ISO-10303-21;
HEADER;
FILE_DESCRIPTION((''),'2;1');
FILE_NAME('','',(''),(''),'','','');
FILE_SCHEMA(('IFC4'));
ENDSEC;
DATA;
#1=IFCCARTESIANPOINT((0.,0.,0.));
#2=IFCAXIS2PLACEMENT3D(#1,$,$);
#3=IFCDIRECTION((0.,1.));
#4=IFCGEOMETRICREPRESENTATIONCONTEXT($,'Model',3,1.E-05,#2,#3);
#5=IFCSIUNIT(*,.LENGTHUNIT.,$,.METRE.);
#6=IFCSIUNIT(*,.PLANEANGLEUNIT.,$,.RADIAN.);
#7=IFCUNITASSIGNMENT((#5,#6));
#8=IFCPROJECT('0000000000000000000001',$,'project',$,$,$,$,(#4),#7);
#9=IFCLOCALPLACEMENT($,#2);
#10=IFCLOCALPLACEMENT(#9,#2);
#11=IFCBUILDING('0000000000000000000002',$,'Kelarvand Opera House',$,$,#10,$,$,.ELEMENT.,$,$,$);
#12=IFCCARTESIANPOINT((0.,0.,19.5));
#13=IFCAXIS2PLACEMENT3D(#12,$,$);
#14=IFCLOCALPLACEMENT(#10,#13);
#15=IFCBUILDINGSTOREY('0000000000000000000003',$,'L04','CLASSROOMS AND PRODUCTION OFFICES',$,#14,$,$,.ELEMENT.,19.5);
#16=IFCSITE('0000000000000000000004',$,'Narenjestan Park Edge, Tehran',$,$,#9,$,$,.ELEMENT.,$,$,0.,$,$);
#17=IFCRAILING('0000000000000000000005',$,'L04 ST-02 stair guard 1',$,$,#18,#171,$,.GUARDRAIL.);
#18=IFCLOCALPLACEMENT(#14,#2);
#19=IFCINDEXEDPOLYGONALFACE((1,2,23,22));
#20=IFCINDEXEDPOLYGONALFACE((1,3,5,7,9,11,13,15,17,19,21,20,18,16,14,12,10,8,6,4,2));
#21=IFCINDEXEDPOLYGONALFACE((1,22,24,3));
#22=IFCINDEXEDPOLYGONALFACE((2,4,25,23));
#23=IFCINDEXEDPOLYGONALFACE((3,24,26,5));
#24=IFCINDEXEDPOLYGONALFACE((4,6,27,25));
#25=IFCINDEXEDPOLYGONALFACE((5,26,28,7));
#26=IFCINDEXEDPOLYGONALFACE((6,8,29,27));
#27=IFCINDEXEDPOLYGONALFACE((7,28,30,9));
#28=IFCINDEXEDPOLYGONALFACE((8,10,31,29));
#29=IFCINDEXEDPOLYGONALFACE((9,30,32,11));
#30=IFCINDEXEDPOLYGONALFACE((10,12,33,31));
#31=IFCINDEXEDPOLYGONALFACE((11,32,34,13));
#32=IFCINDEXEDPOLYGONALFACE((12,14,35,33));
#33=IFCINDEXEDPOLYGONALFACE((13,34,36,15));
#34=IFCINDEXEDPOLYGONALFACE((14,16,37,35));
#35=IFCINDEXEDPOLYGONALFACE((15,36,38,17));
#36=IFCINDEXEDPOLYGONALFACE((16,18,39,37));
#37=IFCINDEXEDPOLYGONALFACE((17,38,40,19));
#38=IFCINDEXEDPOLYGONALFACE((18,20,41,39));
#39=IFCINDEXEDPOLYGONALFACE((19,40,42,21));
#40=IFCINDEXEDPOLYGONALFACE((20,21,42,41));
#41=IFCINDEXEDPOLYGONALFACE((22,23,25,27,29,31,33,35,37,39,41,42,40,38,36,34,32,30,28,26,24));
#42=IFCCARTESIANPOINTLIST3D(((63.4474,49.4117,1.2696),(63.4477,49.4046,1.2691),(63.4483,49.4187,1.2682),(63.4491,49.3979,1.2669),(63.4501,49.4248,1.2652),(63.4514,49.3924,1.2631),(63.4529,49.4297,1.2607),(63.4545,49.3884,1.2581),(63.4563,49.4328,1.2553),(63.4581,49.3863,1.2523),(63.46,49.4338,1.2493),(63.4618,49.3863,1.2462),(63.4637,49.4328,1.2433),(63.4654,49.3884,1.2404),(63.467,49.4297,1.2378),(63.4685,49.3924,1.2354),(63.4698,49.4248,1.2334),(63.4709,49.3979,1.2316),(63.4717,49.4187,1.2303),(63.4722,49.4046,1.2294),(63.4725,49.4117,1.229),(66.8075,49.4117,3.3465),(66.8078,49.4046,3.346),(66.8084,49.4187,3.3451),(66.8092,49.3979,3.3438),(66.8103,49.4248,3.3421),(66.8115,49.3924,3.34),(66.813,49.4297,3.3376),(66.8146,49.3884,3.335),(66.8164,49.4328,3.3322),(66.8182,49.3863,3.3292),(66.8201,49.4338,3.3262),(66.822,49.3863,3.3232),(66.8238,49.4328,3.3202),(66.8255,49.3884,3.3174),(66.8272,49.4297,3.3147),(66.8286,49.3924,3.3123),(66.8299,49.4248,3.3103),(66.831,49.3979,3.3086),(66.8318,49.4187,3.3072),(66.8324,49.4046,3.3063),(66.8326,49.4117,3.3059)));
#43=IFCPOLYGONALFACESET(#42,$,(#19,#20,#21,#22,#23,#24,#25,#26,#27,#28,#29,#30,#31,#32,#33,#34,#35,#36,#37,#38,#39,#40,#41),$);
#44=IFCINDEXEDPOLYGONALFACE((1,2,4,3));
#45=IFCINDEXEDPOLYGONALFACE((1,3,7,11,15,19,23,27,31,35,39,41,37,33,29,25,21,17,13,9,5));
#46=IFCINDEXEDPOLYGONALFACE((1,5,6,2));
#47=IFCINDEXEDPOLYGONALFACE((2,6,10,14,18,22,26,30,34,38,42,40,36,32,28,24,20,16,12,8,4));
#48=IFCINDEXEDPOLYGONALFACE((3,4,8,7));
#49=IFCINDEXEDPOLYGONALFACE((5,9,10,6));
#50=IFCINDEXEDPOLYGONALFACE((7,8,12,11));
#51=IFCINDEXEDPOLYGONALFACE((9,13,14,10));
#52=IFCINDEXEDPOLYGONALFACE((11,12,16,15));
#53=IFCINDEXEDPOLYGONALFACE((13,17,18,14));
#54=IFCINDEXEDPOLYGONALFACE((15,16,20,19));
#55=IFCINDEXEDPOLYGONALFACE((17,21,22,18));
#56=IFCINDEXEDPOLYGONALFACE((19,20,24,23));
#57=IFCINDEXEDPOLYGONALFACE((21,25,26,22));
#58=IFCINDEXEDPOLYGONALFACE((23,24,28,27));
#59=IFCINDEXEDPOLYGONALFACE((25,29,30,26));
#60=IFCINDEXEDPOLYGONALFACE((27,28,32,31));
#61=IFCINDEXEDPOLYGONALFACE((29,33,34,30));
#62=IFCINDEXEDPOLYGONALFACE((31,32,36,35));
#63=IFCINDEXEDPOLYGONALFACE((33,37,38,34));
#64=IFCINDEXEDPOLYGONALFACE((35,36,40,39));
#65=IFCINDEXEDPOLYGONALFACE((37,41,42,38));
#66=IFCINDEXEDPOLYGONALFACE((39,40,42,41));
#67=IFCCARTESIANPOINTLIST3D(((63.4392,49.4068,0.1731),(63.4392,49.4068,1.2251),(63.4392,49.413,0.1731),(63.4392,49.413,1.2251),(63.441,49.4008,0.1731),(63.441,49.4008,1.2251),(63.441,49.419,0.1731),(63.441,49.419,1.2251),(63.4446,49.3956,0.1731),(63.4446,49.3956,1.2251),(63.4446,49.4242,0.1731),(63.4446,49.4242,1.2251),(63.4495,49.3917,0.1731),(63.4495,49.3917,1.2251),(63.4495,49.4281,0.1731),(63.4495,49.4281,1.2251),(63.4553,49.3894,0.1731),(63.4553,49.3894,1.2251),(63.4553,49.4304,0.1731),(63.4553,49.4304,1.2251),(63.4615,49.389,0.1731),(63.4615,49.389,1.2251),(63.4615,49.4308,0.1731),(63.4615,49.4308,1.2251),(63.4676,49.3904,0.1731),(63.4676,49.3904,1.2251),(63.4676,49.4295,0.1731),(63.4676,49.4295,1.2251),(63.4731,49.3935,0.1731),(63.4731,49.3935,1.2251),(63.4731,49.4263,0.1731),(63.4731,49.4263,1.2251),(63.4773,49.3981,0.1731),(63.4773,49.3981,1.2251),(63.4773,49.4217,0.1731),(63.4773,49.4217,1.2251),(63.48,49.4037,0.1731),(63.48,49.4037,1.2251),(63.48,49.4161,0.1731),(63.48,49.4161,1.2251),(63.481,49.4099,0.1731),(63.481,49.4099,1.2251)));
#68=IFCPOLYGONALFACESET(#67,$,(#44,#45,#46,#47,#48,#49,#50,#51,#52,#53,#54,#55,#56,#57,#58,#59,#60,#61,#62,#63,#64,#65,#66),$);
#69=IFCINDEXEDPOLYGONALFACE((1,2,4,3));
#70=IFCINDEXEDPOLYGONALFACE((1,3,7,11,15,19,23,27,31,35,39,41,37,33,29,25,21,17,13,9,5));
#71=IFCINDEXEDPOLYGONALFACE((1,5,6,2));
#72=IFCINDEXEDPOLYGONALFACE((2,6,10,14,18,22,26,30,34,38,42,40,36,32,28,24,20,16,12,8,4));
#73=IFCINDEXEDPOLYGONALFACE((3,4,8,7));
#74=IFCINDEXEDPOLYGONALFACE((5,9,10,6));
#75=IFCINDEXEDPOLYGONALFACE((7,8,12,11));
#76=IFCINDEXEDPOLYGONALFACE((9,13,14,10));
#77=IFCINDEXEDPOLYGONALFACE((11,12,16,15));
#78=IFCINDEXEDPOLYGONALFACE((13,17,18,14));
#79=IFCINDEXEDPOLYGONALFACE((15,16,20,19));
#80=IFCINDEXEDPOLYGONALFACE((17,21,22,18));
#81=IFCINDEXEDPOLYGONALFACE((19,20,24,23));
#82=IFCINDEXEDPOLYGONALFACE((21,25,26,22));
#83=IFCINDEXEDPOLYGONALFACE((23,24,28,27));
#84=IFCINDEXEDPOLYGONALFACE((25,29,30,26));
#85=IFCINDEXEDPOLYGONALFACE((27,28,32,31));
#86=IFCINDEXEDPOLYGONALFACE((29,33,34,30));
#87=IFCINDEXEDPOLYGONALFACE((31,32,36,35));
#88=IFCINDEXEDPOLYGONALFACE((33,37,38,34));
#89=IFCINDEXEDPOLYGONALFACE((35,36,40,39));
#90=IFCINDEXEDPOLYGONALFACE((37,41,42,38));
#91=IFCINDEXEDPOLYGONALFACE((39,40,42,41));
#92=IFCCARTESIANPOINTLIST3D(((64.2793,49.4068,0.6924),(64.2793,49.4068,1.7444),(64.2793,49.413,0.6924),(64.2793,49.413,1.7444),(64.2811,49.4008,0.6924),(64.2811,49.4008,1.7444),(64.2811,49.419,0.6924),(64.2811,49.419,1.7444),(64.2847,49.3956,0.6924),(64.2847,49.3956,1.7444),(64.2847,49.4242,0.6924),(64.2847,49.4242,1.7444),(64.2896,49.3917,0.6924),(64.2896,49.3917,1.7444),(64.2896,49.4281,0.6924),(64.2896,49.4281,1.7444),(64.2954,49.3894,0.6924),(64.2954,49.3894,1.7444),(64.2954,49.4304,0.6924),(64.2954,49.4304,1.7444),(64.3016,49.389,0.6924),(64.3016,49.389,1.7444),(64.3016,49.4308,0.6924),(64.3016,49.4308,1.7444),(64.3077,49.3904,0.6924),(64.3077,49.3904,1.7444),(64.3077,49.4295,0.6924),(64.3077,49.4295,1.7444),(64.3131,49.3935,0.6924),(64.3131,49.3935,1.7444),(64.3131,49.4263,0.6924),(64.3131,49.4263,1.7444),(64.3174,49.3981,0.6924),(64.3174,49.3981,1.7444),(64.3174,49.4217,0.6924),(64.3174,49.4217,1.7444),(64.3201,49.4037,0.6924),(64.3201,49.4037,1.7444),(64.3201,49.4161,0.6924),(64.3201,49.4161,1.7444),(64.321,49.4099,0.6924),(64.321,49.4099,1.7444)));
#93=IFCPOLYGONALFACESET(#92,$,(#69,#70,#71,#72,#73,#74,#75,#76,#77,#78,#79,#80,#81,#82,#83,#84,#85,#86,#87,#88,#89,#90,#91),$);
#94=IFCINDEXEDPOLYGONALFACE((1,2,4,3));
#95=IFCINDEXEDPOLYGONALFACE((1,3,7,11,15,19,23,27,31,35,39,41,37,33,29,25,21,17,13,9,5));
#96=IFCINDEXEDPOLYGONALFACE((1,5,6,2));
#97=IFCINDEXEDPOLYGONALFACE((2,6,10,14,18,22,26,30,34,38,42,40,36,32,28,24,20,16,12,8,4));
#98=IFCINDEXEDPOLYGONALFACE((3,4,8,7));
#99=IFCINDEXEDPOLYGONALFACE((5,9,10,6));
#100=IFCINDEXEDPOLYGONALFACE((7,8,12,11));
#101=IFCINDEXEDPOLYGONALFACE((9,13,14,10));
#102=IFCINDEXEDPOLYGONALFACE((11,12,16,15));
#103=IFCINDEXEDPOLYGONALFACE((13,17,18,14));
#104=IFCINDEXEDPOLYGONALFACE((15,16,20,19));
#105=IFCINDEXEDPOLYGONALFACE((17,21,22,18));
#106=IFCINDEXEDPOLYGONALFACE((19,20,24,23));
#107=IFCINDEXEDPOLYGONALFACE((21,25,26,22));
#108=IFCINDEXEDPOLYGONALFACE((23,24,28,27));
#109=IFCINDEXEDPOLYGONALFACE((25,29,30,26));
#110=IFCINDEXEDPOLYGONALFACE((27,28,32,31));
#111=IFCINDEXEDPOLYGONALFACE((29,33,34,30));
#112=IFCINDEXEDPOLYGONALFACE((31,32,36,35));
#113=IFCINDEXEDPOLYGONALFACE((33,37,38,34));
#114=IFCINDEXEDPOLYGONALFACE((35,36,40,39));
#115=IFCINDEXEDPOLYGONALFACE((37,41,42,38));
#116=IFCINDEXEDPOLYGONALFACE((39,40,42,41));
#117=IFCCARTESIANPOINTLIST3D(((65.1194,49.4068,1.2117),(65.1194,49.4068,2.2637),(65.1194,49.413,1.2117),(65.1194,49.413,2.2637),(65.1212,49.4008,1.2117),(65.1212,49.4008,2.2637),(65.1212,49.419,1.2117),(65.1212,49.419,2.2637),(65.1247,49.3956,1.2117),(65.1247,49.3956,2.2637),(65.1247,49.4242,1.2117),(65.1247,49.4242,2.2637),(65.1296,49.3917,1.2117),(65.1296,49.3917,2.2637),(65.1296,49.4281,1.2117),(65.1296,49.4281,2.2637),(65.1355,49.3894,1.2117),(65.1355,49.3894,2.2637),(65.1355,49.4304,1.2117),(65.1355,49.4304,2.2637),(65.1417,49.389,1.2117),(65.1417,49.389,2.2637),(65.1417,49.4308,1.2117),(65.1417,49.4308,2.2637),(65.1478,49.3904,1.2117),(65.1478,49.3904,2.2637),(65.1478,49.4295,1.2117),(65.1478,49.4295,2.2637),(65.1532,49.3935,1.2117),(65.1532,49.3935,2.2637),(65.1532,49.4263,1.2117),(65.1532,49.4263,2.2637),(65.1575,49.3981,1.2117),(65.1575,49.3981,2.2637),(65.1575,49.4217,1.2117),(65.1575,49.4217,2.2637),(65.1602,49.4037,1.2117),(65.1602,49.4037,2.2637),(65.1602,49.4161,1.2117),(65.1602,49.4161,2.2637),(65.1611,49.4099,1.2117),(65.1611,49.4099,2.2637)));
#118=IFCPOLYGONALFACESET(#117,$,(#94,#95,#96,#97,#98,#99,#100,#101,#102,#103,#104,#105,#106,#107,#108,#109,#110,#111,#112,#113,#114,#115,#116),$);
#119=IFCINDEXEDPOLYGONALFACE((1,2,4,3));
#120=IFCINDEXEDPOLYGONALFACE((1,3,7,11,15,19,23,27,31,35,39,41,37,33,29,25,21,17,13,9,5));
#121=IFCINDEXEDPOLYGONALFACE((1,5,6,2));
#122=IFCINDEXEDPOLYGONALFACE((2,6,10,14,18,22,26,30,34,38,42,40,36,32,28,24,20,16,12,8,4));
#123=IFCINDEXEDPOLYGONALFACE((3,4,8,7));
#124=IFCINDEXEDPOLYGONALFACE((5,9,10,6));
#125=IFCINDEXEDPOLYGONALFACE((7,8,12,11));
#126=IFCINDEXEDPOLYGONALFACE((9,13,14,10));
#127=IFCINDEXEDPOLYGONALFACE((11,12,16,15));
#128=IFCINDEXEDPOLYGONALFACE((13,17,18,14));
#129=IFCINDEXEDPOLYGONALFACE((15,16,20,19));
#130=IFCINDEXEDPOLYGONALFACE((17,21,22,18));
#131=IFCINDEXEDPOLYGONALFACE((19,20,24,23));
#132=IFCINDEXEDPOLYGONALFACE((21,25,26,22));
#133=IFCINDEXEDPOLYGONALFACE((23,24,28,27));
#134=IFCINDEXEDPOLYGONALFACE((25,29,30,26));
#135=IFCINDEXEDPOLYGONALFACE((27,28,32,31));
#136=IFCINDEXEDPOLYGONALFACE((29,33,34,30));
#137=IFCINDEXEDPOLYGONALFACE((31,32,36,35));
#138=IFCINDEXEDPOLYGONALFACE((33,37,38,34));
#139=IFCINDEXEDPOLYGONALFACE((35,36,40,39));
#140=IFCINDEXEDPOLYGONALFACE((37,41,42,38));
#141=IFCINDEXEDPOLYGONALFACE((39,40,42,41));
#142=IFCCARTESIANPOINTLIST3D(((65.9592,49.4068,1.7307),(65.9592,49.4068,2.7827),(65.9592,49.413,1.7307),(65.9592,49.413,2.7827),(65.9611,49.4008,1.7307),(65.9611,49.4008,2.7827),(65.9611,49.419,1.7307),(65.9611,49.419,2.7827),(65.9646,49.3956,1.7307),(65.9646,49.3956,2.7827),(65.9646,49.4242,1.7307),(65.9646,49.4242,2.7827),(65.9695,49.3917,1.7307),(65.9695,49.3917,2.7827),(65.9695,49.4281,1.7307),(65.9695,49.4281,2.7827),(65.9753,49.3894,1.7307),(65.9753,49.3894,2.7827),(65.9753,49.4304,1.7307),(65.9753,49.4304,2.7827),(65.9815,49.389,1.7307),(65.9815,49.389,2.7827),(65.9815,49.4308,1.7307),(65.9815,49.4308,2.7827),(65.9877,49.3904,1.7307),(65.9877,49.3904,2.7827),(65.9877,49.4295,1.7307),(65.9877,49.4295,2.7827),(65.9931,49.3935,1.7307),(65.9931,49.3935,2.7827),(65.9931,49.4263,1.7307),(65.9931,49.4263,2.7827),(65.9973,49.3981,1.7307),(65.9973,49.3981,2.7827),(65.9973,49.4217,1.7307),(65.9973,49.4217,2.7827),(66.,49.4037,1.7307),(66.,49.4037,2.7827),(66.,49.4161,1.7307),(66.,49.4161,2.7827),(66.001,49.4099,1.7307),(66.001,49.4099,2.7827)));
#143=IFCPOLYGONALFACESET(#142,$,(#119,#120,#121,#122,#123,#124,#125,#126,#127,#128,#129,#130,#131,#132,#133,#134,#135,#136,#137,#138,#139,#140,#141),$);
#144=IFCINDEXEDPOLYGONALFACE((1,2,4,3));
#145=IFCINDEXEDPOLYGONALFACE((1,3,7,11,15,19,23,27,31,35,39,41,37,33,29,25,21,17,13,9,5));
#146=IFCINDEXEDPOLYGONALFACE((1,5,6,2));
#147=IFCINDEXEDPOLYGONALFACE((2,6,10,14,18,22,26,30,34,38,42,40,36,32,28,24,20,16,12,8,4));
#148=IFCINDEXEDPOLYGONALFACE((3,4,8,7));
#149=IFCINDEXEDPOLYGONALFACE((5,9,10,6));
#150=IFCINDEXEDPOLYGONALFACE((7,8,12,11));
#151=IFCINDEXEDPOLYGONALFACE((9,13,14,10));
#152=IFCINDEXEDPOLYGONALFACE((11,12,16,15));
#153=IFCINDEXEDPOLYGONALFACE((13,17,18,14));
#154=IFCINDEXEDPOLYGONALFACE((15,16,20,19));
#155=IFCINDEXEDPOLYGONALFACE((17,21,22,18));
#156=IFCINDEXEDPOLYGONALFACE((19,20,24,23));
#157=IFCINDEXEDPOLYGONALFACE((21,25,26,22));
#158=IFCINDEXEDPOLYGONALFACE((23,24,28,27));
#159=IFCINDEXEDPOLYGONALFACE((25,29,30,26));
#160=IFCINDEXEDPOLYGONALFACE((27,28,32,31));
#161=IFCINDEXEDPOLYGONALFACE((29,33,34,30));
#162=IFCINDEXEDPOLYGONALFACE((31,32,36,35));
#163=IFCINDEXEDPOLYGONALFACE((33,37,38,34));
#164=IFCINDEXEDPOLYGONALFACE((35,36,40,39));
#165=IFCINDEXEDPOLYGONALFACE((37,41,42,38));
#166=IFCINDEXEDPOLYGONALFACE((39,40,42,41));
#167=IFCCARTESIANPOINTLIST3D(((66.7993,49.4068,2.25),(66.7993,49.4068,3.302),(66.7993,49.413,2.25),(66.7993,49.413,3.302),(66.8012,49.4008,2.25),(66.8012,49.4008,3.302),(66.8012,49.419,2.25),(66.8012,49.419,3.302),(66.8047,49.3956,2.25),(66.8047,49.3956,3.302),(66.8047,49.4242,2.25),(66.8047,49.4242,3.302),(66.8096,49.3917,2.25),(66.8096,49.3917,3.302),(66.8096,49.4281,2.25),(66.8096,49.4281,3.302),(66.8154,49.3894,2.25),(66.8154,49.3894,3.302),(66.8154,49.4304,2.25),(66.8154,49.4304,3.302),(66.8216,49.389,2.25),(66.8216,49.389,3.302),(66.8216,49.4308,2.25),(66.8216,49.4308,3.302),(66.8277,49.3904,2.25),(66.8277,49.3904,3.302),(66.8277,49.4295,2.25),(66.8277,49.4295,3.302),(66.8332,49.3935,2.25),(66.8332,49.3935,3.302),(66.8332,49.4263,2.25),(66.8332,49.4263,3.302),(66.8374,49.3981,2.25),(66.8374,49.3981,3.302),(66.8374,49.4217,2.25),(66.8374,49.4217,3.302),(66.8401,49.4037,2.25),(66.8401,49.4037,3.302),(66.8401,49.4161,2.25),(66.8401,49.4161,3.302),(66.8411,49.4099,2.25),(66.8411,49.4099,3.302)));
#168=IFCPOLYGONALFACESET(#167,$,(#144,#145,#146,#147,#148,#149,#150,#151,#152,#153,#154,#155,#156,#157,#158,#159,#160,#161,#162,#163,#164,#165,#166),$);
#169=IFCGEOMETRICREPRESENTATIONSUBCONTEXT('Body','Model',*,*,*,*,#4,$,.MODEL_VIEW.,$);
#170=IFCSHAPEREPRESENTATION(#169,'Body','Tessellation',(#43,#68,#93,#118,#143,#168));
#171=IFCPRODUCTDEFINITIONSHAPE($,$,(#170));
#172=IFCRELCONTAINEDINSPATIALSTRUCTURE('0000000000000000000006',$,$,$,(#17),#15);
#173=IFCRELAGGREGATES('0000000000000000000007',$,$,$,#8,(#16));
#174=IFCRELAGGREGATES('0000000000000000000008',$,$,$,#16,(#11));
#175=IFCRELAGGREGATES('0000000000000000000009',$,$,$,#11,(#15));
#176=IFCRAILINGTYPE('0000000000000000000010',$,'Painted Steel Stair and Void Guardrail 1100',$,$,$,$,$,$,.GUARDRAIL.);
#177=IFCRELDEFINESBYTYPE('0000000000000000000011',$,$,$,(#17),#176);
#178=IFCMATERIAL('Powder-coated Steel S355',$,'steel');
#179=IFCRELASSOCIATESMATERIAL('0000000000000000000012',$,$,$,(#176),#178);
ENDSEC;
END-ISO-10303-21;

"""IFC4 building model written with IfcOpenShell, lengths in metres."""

from ifc_helpers import new_model, si_unit, direction, frame, origin, origin_2d, place, context, subcontext, project, spatial, circle, extrude, material, type_object, element, save


model = new_model("IFC4")

# Units and contexts
model_context = context("Model", 3, precision=1e-05, world=origin(), true_north=direction((0.0, 1.0)))
body_context = subcontext(model_context, "Body", "Model", "MODEL_VIEW")
ifc_project = project(units=[si_unit("LENGTHUNIT", "METRE"), si_unit("PLANEANGLEUNIT", "RADIAN")], contexts=[model_context])

# Site, building, storey
site_placement = place(None, origin())
site = spatial("IfcSite", under=ifc_project, at=site_placement, Name="Narenjestan Park Edge, Tehran", CompositionType="ELEMENT", RefElevation=0.0)
building_placement = place(site_placement, origin())
building = spatial("IfcBuilding", under=site, at=building_placement, Name="Kelarvand Opera House", CompositionType="ELEMENT")
storey_placement = place(building_placement, frame((0.0, 0.0, 19.5)))
storey = spatial("IfcBuildingStorey", under=building, at=storey_placement, Name="L04", Description="CLASSROOMS AND PRODUCTION OFFICES", CompositionType="ELEMENT", Elevation=19.5)

# Railing
ifc_material_1 = material(Name="Powder-coated Steel S355", Category="steel")
railing_type_1 = type_object("IfcRailingType", Name="Painted Steel Stair and Void Guardrail 1100", PredefinedType="GUARDRAIL", material=ifc_material_1)
railing_1_placement = place(storey_placement, frame((63.46, 49.4099, 0.1731)))
element("IfcRailing", 1, at=railing_1_placement, inside=storey, type_object=railing_type_1, Name="L04 ST-02 stair guard 1", PredefinedType="GUARDRAIL", context=body_context, shape_type="SweptSolid", body=[
    extrude(circle(Radius=0.0239, at=origin_2d()), frame((0.0, 0.0, 1.0762), z_axis=(0.850623, 0.0, 0.525776), x_axis=(0.0, 1.0, 0.0)), (0.0, 0.0, 1.0), 3.9502),
    extrude(circle(Radius=0.021, at=origin_2d()), origin(), (0.0, 0.0, 1.0), 1.052),
    extrude(circle(Radius=0.021, at=origin_2d()), frame((0.8401, 0.0, 0.5193)), (0.0, 0.0, 1.0), 1.052),
    extrude(circle(Radius=0.021, at=origin_2d()), frame((1.6802, 0.0, 1.0386)), (0.0, 0.0, 1.0), 1.052),
    extrude(circle(Radius=0.021, at=origin_2d()), frame((2.52, 0.0, 1.5576)), (0.0, 0.0, 1.0), 1.052),
    extrude(circle(Radius=0.021, at=origin_2d()), frame((3.3601, 0.0, 2.0769)), (0.0, 0.0, 1.0), 1.052),
])

save(model, "model.ifc")
